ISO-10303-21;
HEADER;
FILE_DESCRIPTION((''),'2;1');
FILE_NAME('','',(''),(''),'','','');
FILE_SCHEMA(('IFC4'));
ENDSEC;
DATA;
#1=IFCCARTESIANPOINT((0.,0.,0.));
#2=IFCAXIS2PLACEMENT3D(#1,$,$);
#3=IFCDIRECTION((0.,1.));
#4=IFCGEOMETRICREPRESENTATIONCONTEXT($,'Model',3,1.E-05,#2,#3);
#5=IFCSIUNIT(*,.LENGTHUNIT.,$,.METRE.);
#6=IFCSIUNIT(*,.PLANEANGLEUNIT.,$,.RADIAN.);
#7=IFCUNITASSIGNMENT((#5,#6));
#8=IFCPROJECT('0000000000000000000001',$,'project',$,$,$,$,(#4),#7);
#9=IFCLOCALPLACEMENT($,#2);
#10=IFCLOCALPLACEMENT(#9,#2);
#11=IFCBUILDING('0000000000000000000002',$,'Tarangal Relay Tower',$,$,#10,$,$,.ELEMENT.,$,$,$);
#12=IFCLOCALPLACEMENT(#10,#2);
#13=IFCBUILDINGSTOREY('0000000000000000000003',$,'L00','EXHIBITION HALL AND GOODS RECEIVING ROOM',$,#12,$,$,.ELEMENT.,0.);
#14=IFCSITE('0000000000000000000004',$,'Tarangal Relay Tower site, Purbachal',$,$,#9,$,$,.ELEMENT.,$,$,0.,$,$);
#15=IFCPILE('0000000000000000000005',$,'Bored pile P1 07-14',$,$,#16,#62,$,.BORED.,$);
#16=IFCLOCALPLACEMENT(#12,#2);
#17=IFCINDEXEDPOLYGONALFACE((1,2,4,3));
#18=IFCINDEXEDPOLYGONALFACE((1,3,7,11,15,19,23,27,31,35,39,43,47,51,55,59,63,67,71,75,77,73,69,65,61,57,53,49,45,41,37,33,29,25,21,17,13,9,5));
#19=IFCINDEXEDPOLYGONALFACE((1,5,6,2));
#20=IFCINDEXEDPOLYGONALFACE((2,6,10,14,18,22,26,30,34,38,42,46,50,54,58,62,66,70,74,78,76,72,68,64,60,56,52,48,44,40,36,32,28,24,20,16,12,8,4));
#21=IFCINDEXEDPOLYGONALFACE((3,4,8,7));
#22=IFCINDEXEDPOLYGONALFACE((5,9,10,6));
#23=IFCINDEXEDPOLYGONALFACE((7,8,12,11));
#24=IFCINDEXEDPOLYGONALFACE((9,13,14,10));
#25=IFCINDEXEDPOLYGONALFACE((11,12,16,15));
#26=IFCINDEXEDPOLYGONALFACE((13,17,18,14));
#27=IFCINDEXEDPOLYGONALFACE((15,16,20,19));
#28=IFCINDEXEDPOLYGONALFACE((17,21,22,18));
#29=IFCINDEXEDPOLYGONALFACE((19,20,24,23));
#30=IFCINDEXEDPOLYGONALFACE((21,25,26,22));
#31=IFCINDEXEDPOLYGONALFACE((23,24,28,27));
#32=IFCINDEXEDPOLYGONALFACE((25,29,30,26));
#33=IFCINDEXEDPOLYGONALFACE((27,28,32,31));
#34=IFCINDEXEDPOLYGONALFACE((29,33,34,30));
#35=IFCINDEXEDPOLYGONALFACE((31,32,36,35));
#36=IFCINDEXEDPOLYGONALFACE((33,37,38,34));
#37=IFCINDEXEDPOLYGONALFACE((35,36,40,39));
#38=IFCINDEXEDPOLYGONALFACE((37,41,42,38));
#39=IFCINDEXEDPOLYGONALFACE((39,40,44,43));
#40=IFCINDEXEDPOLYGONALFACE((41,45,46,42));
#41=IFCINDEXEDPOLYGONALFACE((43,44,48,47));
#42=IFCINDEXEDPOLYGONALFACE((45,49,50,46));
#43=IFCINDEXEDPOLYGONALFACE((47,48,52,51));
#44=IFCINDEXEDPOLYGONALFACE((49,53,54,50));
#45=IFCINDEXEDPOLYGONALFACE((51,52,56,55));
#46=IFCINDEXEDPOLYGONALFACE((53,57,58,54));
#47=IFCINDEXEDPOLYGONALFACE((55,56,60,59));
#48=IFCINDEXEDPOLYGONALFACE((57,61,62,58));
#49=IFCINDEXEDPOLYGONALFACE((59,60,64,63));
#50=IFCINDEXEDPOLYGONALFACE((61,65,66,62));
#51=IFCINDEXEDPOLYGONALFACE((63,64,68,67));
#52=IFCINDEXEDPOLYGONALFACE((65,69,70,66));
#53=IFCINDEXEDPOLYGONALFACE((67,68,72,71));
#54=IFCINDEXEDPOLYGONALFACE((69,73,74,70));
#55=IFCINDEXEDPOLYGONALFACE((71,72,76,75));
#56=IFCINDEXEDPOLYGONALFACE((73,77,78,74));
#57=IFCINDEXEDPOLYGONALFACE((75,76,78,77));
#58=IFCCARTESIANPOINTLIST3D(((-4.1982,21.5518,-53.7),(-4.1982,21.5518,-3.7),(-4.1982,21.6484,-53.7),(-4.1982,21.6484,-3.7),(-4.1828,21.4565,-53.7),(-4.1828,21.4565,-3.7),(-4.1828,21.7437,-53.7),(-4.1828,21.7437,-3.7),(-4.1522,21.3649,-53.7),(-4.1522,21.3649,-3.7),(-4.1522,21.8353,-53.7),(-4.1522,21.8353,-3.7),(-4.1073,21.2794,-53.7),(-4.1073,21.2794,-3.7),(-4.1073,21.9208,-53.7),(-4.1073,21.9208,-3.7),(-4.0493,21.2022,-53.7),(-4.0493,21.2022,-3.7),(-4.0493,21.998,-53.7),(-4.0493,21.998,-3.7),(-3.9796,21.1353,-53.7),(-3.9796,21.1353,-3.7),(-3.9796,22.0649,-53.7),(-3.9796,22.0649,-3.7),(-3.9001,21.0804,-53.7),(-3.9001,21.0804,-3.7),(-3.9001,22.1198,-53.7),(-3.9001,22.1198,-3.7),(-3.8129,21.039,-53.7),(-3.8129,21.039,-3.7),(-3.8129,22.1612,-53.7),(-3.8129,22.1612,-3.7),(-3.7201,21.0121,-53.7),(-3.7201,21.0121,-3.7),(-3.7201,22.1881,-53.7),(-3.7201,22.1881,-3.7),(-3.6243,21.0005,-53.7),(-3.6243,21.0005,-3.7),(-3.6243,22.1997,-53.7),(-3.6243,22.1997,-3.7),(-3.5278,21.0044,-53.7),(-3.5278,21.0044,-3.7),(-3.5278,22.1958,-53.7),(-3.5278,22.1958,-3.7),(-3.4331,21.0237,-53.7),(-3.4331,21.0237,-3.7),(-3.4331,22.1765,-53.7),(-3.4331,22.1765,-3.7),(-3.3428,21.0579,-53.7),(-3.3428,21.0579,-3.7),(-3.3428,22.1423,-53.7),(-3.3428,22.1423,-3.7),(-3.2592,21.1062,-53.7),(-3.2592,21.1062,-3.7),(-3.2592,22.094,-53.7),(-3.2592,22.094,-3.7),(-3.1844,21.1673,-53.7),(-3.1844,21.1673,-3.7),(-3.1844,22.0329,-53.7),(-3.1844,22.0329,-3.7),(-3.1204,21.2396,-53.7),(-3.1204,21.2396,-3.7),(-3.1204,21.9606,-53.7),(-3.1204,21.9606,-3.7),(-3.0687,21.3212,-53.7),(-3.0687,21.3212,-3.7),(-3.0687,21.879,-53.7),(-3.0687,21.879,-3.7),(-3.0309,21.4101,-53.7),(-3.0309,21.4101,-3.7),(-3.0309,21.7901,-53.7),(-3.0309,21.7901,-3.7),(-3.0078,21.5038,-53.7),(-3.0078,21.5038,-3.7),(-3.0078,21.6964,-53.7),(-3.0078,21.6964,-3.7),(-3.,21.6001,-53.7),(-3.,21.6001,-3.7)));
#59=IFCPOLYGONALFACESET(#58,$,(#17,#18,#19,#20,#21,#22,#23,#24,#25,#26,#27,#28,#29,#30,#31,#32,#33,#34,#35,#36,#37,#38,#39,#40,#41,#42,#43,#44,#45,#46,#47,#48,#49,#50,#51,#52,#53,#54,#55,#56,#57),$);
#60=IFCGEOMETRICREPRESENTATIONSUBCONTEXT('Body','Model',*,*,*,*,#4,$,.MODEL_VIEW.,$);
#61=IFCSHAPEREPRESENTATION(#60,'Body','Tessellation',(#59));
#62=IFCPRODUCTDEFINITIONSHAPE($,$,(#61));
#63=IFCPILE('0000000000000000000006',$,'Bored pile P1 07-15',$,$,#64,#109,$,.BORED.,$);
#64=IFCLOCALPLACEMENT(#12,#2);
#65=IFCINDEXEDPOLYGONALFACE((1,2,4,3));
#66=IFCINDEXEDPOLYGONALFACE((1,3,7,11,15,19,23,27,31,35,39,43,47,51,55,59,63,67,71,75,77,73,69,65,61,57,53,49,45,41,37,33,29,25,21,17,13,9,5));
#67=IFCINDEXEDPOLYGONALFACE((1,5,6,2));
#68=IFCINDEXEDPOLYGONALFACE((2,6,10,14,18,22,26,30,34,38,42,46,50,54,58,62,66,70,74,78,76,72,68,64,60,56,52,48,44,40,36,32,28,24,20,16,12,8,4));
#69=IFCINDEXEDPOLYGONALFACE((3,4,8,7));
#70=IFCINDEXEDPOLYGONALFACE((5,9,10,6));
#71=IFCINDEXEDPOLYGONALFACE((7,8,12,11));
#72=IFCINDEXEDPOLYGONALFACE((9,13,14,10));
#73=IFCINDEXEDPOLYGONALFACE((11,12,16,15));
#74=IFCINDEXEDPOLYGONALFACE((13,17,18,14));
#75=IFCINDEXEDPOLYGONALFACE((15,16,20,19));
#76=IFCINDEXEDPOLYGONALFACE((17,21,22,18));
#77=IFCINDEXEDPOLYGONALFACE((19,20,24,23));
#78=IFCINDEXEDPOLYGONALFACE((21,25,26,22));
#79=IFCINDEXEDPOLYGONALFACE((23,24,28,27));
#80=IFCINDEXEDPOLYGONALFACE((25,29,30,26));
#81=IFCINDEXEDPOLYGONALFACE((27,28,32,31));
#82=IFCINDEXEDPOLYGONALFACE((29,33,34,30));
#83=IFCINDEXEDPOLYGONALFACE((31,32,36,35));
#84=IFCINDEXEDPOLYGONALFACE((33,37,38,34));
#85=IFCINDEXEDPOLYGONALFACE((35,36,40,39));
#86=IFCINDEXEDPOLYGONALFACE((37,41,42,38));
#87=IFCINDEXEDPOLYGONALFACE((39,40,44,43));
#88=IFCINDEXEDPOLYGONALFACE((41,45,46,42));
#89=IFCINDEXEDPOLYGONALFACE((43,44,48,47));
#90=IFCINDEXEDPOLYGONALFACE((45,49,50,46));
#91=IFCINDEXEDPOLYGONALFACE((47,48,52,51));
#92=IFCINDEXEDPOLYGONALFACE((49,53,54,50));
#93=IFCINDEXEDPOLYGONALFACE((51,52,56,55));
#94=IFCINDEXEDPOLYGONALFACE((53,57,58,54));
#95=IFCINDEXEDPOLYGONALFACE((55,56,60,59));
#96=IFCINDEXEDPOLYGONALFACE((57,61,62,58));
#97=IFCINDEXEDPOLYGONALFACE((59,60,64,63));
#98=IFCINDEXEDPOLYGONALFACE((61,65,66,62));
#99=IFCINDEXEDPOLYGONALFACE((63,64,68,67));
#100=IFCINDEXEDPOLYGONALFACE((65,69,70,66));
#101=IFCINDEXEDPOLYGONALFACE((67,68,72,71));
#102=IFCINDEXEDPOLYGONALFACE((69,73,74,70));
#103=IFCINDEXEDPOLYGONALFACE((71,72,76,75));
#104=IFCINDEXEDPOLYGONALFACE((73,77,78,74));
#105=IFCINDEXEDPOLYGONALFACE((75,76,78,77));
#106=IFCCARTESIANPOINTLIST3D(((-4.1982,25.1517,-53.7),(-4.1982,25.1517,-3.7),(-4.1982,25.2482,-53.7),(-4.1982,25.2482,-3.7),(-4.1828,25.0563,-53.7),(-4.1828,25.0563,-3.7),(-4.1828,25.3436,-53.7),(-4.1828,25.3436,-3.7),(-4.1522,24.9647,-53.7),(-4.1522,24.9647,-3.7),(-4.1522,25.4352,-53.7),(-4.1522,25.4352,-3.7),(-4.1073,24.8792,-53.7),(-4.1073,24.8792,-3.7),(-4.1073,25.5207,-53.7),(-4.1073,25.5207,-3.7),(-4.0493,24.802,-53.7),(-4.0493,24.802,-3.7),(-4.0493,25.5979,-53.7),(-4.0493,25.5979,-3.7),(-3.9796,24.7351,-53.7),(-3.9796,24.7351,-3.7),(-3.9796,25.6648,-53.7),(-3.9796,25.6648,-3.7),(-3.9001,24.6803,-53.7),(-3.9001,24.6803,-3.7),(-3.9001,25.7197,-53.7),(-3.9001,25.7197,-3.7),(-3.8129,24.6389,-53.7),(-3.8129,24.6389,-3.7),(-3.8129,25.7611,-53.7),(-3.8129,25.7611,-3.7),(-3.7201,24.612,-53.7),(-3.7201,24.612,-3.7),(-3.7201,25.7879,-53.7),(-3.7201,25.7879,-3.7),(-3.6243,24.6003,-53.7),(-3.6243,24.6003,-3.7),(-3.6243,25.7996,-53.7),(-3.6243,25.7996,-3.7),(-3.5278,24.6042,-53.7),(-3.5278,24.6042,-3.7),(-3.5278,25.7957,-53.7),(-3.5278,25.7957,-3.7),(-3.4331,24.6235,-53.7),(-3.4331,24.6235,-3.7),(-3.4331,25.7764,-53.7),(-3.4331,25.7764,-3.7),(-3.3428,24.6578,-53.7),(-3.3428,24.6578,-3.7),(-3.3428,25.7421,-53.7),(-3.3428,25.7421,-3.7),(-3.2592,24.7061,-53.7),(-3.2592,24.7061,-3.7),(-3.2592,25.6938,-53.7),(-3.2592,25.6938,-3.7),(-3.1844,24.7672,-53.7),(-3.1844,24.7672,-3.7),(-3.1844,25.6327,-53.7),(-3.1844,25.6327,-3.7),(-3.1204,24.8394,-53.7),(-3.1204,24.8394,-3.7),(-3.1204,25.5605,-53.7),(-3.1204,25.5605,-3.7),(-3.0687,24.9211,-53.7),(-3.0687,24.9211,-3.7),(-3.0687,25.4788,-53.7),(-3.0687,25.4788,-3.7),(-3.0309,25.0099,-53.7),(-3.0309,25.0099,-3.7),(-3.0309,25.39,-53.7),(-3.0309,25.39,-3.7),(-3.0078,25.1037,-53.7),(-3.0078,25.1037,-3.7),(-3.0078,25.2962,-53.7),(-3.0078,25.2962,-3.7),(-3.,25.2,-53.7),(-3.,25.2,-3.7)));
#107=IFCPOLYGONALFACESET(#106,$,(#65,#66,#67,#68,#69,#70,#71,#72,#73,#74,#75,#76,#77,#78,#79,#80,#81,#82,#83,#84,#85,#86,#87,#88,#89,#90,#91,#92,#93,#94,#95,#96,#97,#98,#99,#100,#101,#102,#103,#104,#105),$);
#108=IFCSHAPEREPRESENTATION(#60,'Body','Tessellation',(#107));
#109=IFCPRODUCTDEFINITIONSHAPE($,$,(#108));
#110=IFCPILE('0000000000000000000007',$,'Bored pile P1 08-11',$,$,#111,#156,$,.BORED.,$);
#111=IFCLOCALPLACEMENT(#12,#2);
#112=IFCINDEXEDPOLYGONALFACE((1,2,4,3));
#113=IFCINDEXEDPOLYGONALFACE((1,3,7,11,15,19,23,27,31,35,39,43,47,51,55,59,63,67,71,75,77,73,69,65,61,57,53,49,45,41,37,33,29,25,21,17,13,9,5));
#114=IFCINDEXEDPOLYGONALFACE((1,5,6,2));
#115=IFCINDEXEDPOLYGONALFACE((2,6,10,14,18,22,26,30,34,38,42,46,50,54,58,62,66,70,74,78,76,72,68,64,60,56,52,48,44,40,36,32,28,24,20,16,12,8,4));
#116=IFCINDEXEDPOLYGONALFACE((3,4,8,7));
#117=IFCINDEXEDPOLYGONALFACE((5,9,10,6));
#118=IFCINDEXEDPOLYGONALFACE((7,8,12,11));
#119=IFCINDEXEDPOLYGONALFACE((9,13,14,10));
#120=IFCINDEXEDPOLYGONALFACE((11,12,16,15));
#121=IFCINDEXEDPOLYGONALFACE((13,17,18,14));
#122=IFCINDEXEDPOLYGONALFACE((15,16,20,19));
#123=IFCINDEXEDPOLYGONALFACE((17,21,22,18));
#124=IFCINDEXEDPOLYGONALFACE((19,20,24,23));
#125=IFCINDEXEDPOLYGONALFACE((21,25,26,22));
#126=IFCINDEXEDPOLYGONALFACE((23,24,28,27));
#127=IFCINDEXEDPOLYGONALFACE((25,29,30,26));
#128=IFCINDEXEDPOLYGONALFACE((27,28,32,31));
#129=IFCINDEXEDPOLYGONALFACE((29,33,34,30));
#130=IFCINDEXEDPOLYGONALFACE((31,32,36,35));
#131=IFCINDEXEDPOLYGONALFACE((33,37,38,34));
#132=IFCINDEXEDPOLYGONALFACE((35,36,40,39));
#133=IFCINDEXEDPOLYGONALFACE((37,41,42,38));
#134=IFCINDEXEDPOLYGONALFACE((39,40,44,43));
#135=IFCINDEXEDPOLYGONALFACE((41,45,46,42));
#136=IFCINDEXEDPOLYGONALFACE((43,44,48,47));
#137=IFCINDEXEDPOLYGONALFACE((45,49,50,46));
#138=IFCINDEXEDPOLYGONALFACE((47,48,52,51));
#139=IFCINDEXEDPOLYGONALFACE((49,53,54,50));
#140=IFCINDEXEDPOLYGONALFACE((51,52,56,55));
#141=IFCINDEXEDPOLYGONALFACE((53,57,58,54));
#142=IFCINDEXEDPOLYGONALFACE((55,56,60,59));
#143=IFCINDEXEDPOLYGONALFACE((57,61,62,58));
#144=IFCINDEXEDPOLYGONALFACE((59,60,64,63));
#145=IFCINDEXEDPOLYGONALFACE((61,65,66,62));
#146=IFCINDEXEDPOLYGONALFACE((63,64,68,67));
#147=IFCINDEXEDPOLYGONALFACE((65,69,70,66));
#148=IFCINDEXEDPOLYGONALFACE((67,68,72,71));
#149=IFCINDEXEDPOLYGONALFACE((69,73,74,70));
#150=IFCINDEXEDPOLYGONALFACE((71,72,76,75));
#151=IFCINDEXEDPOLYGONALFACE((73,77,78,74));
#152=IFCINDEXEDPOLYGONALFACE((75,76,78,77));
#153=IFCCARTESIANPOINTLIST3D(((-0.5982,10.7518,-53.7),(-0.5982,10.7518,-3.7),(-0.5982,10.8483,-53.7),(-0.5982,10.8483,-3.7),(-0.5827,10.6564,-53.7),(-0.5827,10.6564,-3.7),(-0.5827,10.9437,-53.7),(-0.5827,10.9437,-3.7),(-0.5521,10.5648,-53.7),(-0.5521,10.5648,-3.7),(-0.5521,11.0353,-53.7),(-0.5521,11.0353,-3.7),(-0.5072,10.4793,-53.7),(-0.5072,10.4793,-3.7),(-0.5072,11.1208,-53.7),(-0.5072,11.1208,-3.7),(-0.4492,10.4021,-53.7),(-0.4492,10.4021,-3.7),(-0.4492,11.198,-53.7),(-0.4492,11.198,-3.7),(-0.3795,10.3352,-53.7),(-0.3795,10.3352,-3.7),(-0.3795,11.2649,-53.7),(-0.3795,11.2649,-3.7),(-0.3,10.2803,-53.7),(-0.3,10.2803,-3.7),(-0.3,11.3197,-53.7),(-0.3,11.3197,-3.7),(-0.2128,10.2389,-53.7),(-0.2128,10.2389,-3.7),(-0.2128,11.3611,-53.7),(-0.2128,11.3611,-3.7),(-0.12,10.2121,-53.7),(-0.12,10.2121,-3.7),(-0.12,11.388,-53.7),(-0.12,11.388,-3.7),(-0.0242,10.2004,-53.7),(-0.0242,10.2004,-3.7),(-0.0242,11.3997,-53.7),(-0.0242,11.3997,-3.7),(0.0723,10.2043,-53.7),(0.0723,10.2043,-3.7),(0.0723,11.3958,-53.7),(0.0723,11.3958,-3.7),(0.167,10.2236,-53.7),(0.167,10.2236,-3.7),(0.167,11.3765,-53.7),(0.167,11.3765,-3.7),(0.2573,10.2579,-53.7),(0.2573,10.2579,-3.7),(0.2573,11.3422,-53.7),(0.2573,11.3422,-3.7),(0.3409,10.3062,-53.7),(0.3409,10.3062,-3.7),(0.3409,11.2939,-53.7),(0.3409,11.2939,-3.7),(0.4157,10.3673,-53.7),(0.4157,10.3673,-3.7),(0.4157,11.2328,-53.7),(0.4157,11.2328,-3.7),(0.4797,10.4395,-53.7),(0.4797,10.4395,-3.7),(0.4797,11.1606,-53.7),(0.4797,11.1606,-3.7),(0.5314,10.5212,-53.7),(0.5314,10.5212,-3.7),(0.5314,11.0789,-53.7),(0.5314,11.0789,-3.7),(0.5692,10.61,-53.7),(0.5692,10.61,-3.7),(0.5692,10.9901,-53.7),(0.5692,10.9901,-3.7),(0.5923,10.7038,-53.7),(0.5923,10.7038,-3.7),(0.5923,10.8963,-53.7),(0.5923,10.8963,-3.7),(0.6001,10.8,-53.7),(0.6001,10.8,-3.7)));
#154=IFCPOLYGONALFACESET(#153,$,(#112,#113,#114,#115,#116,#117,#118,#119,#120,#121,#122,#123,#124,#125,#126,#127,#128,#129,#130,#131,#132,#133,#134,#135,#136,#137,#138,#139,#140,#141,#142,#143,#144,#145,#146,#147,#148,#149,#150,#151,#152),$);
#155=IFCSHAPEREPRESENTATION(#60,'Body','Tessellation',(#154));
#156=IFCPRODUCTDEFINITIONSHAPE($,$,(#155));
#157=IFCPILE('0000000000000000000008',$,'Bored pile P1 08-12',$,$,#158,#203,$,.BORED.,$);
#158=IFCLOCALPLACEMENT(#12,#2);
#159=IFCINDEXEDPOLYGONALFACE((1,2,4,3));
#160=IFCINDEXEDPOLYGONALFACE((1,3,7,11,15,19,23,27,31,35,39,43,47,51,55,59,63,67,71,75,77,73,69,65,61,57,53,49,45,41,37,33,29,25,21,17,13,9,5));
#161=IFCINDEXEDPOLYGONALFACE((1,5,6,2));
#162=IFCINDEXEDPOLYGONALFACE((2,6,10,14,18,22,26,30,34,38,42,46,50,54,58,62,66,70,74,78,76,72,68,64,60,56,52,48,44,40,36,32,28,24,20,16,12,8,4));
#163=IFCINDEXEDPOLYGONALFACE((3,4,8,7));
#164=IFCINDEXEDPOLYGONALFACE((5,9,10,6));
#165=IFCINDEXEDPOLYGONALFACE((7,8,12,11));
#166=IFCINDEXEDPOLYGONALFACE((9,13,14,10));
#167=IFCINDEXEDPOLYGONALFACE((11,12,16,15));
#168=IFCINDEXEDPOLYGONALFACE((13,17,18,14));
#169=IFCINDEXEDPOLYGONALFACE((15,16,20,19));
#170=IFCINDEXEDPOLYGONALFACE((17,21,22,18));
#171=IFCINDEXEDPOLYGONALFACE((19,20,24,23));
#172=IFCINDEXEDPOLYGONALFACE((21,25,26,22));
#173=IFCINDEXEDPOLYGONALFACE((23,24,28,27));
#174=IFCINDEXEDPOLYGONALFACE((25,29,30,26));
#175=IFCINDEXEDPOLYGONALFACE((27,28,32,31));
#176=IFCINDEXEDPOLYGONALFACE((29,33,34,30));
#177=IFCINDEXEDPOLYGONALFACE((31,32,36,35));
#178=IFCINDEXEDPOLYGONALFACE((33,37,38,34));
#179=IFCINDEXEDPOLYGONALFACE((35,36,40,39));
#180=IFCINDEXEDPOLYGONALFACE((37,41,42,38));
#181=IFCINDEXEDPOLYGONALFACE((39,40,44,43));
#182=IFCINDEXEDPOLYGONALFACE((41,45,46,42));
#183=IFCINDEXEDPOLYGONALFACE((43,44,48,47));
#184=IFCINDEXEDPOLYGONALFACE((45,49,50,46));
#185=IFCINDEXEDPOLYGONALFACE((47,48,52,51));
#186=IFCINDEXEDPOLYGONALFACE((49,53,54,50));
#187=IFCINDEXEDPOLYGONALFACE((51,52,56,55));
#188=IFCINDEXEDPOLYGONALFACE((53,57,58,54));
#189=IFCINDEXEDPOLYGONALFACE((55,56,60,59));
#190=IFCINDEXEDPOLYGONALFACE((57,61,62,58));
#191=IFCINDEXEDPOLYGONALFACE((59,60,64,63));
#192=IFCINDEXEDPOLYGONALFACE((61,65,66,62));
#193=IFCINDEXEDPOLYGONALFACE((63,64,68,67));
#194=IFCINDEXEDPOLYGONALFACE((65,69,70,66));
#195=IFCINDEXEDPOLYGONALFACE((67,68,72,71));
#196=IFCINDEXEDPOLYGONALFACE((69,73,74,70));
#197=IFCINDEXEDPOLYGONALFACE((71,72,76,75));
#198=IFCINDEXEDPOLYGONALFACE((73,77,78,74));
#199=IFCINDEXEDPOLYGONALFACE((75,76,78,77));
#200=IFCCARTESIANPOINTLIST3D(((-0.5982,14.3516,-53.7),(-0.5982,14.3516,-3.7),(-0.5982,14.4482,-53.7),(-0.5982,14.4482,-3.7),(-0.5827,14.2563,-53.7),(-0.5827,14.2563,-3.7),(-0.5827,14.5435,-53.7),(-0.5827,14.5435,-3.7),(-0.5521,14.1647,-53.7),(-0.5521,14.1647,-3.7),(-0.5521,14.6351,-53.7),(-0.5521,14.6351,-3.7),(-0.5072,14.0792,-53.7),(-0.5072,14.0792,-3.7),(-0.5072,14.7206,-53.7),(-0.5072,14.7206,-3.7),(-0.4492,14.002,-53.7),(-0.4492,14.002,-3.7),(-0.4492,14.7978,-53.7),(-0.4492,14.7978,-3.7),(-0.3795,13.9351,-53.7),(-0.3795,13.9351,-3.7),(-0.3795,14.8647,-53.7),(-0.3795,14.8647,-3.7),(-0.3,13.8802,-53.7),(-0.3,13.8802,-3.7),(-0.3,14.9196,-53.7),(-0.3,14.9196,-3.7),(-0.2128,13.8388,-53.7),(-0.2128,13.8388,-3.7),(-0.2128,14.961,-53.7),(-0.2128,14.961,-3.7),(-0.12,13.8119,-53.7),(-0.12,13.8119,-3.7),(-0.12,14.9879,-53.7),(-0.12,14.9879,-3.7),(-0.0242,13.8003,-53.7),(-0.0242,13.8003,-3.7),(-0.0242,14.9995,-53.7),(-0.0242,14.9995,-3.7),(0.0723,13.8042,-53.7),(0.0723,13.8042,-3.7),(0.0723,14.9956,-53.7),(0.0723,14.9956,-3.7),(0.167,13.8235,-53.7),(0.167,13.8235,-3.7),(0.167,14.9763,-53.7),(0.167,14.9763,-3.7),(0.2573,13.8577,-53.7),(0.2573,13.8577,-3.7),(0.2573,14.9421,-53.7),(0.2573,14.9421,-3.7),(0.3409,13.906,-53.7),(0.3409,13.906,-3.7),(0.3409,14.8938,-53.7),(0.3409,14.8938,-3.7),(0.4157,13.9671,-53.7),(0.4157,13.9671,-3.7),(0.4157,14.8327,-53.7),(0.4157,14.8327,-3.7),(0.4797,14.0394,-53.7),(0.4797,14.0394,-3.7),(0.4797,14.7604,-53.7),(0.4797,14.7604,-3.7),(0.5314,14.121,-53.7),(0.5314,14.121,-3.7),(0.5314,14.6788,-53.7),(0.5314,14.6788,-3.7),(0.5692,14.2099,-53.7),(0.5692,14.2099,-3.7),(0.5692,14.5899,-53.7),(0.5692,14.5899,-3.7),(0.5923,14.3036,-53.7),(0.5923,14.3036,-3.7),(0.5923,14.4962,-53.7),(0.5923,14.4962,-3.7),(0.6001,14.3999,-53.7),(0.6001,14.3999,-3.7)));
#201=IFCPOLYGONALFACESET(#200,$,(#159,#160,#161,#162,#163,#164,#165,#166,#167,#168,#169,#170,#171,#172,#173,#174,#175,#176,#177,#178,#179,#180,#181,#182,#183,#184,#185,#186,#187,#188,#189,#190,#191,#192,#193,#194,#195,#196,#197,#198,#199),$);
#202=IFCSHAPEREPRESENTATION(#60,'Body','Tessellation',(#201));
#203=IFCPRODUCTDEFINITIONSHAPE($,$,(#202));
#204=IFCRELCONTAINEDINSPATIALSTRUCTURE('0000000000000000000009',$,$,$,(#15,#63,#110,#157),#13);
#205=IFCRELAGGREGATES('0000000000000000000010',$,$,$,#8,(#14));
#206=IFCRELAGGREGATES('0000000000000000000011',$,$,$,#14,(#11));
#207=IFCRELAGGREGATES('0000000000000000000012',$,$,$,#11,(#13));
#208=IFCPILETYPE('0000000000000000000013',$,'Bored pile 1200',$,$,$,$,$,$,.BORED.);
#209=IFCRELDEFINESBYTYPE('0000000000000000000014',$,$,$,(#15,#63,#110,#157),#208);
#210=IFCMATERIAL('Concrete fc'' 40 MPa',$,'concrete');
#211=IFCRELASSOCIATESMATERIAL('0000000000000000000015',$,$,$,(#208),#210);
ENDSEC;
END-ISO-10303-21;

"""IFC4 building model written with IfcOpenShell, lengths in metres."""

from ifc_helpers import new_model, si_unit, direction, frame, origin, origin_2d, place, context, subcontext, project, spatial, circle, extrude, material, material_profile, profile_set, type_object, element, save


model = new_model("IFC4")

# Units and contexts
model_context = context("Model", 3, precision=1e-05, world=origin(), true_north=direction((0.0, 1.0)))
body_context = subcontext(model_context, "Body", "Model", "MODEL_VIEW")
ifc_project = project(units=[si_unit("LENGTHUNIT", "METRE"), si_unit("PLANEANGLEUNIT", "RADIAN")], contexts=[model_context])

# Site, building, storey
site_placement = place(None, origin())
site = spatial("IfcSite", under=ifc_project, at=site_placement, Name="Tarangal Relay Tower site, Purbachal", CompositionType="ELEMENT", RefElevation=0.0)
building_placement = place(site_placement, origin())
building = spatial("IfcBuilding", under=site, at=building_placement, Name="Tarangal Relay Tower", CompositionType="ELEMENT")
storey_placement = place(building_placement, origin())
storey = spatial("IfcBuildingStorey", under=building, at=storey_placement, Name="L00", Description="EXHIBITION HALL AND GOODS RECEIVING ROOM", CompositionType="ELEMENT", Elevation=0.0)

# Piles
ifc_material_1 = material(Name="Concrete fc' 40 MPa", Category="concrete")
ifc_material_profile_1 = material_profile(ifc_material_1, circle(Radius=0.6001, at=origin_2d()), Name="D1200")
ifc_profile_set_1 = profile_set([ifc_material_profile_1], Name="Concrete fc' 40 MPa")
pile_type = type_object("IfcPileType", Name="Bored pile 1200", PredefinedType="BORED", material=ifc_profile_set_1)
for number, where, z_axis, x_axis, name in (
    (1, (-3.6001, 21.6001, -3.7), (0.0, 0.0, -1.0), (1.0, 0.0, 0.0), "Bored pile P1 07-14"),
    (2, (-3.6001, 25.2, -3.7), (0.0, 0.0, -1.0), (1.0, 0.0, 0.0), "Bored pile P1 07-15"),
    (3, (0.0, 10.8, -3.7), (0.0, 0.0, -1.0), (1.0, 0.0, 0.0), "Bored pile P1 08-11"),
    (4, (0.0, 14.3999, -3.7), (0.0, 0.0, -1.0), (1.0, 0.0, 0.0), "Bored pile P1 08-12"),
):
    element("IfcPile", number, at=place(storey_placement, frame(where, z_axis=z_axis, x_axis=x_axis)), inside=storey, type_object=pile_type, Name=name, PredefinedType="BORED", context=body_context, shape_type="SweptSolid", body=[
        extrude(circle(Radius=0.6001, at=origin_2d()), origin(), (0.0, 0.0, 1.0), 50.0),
    ])

save(model, "model.ifc")
